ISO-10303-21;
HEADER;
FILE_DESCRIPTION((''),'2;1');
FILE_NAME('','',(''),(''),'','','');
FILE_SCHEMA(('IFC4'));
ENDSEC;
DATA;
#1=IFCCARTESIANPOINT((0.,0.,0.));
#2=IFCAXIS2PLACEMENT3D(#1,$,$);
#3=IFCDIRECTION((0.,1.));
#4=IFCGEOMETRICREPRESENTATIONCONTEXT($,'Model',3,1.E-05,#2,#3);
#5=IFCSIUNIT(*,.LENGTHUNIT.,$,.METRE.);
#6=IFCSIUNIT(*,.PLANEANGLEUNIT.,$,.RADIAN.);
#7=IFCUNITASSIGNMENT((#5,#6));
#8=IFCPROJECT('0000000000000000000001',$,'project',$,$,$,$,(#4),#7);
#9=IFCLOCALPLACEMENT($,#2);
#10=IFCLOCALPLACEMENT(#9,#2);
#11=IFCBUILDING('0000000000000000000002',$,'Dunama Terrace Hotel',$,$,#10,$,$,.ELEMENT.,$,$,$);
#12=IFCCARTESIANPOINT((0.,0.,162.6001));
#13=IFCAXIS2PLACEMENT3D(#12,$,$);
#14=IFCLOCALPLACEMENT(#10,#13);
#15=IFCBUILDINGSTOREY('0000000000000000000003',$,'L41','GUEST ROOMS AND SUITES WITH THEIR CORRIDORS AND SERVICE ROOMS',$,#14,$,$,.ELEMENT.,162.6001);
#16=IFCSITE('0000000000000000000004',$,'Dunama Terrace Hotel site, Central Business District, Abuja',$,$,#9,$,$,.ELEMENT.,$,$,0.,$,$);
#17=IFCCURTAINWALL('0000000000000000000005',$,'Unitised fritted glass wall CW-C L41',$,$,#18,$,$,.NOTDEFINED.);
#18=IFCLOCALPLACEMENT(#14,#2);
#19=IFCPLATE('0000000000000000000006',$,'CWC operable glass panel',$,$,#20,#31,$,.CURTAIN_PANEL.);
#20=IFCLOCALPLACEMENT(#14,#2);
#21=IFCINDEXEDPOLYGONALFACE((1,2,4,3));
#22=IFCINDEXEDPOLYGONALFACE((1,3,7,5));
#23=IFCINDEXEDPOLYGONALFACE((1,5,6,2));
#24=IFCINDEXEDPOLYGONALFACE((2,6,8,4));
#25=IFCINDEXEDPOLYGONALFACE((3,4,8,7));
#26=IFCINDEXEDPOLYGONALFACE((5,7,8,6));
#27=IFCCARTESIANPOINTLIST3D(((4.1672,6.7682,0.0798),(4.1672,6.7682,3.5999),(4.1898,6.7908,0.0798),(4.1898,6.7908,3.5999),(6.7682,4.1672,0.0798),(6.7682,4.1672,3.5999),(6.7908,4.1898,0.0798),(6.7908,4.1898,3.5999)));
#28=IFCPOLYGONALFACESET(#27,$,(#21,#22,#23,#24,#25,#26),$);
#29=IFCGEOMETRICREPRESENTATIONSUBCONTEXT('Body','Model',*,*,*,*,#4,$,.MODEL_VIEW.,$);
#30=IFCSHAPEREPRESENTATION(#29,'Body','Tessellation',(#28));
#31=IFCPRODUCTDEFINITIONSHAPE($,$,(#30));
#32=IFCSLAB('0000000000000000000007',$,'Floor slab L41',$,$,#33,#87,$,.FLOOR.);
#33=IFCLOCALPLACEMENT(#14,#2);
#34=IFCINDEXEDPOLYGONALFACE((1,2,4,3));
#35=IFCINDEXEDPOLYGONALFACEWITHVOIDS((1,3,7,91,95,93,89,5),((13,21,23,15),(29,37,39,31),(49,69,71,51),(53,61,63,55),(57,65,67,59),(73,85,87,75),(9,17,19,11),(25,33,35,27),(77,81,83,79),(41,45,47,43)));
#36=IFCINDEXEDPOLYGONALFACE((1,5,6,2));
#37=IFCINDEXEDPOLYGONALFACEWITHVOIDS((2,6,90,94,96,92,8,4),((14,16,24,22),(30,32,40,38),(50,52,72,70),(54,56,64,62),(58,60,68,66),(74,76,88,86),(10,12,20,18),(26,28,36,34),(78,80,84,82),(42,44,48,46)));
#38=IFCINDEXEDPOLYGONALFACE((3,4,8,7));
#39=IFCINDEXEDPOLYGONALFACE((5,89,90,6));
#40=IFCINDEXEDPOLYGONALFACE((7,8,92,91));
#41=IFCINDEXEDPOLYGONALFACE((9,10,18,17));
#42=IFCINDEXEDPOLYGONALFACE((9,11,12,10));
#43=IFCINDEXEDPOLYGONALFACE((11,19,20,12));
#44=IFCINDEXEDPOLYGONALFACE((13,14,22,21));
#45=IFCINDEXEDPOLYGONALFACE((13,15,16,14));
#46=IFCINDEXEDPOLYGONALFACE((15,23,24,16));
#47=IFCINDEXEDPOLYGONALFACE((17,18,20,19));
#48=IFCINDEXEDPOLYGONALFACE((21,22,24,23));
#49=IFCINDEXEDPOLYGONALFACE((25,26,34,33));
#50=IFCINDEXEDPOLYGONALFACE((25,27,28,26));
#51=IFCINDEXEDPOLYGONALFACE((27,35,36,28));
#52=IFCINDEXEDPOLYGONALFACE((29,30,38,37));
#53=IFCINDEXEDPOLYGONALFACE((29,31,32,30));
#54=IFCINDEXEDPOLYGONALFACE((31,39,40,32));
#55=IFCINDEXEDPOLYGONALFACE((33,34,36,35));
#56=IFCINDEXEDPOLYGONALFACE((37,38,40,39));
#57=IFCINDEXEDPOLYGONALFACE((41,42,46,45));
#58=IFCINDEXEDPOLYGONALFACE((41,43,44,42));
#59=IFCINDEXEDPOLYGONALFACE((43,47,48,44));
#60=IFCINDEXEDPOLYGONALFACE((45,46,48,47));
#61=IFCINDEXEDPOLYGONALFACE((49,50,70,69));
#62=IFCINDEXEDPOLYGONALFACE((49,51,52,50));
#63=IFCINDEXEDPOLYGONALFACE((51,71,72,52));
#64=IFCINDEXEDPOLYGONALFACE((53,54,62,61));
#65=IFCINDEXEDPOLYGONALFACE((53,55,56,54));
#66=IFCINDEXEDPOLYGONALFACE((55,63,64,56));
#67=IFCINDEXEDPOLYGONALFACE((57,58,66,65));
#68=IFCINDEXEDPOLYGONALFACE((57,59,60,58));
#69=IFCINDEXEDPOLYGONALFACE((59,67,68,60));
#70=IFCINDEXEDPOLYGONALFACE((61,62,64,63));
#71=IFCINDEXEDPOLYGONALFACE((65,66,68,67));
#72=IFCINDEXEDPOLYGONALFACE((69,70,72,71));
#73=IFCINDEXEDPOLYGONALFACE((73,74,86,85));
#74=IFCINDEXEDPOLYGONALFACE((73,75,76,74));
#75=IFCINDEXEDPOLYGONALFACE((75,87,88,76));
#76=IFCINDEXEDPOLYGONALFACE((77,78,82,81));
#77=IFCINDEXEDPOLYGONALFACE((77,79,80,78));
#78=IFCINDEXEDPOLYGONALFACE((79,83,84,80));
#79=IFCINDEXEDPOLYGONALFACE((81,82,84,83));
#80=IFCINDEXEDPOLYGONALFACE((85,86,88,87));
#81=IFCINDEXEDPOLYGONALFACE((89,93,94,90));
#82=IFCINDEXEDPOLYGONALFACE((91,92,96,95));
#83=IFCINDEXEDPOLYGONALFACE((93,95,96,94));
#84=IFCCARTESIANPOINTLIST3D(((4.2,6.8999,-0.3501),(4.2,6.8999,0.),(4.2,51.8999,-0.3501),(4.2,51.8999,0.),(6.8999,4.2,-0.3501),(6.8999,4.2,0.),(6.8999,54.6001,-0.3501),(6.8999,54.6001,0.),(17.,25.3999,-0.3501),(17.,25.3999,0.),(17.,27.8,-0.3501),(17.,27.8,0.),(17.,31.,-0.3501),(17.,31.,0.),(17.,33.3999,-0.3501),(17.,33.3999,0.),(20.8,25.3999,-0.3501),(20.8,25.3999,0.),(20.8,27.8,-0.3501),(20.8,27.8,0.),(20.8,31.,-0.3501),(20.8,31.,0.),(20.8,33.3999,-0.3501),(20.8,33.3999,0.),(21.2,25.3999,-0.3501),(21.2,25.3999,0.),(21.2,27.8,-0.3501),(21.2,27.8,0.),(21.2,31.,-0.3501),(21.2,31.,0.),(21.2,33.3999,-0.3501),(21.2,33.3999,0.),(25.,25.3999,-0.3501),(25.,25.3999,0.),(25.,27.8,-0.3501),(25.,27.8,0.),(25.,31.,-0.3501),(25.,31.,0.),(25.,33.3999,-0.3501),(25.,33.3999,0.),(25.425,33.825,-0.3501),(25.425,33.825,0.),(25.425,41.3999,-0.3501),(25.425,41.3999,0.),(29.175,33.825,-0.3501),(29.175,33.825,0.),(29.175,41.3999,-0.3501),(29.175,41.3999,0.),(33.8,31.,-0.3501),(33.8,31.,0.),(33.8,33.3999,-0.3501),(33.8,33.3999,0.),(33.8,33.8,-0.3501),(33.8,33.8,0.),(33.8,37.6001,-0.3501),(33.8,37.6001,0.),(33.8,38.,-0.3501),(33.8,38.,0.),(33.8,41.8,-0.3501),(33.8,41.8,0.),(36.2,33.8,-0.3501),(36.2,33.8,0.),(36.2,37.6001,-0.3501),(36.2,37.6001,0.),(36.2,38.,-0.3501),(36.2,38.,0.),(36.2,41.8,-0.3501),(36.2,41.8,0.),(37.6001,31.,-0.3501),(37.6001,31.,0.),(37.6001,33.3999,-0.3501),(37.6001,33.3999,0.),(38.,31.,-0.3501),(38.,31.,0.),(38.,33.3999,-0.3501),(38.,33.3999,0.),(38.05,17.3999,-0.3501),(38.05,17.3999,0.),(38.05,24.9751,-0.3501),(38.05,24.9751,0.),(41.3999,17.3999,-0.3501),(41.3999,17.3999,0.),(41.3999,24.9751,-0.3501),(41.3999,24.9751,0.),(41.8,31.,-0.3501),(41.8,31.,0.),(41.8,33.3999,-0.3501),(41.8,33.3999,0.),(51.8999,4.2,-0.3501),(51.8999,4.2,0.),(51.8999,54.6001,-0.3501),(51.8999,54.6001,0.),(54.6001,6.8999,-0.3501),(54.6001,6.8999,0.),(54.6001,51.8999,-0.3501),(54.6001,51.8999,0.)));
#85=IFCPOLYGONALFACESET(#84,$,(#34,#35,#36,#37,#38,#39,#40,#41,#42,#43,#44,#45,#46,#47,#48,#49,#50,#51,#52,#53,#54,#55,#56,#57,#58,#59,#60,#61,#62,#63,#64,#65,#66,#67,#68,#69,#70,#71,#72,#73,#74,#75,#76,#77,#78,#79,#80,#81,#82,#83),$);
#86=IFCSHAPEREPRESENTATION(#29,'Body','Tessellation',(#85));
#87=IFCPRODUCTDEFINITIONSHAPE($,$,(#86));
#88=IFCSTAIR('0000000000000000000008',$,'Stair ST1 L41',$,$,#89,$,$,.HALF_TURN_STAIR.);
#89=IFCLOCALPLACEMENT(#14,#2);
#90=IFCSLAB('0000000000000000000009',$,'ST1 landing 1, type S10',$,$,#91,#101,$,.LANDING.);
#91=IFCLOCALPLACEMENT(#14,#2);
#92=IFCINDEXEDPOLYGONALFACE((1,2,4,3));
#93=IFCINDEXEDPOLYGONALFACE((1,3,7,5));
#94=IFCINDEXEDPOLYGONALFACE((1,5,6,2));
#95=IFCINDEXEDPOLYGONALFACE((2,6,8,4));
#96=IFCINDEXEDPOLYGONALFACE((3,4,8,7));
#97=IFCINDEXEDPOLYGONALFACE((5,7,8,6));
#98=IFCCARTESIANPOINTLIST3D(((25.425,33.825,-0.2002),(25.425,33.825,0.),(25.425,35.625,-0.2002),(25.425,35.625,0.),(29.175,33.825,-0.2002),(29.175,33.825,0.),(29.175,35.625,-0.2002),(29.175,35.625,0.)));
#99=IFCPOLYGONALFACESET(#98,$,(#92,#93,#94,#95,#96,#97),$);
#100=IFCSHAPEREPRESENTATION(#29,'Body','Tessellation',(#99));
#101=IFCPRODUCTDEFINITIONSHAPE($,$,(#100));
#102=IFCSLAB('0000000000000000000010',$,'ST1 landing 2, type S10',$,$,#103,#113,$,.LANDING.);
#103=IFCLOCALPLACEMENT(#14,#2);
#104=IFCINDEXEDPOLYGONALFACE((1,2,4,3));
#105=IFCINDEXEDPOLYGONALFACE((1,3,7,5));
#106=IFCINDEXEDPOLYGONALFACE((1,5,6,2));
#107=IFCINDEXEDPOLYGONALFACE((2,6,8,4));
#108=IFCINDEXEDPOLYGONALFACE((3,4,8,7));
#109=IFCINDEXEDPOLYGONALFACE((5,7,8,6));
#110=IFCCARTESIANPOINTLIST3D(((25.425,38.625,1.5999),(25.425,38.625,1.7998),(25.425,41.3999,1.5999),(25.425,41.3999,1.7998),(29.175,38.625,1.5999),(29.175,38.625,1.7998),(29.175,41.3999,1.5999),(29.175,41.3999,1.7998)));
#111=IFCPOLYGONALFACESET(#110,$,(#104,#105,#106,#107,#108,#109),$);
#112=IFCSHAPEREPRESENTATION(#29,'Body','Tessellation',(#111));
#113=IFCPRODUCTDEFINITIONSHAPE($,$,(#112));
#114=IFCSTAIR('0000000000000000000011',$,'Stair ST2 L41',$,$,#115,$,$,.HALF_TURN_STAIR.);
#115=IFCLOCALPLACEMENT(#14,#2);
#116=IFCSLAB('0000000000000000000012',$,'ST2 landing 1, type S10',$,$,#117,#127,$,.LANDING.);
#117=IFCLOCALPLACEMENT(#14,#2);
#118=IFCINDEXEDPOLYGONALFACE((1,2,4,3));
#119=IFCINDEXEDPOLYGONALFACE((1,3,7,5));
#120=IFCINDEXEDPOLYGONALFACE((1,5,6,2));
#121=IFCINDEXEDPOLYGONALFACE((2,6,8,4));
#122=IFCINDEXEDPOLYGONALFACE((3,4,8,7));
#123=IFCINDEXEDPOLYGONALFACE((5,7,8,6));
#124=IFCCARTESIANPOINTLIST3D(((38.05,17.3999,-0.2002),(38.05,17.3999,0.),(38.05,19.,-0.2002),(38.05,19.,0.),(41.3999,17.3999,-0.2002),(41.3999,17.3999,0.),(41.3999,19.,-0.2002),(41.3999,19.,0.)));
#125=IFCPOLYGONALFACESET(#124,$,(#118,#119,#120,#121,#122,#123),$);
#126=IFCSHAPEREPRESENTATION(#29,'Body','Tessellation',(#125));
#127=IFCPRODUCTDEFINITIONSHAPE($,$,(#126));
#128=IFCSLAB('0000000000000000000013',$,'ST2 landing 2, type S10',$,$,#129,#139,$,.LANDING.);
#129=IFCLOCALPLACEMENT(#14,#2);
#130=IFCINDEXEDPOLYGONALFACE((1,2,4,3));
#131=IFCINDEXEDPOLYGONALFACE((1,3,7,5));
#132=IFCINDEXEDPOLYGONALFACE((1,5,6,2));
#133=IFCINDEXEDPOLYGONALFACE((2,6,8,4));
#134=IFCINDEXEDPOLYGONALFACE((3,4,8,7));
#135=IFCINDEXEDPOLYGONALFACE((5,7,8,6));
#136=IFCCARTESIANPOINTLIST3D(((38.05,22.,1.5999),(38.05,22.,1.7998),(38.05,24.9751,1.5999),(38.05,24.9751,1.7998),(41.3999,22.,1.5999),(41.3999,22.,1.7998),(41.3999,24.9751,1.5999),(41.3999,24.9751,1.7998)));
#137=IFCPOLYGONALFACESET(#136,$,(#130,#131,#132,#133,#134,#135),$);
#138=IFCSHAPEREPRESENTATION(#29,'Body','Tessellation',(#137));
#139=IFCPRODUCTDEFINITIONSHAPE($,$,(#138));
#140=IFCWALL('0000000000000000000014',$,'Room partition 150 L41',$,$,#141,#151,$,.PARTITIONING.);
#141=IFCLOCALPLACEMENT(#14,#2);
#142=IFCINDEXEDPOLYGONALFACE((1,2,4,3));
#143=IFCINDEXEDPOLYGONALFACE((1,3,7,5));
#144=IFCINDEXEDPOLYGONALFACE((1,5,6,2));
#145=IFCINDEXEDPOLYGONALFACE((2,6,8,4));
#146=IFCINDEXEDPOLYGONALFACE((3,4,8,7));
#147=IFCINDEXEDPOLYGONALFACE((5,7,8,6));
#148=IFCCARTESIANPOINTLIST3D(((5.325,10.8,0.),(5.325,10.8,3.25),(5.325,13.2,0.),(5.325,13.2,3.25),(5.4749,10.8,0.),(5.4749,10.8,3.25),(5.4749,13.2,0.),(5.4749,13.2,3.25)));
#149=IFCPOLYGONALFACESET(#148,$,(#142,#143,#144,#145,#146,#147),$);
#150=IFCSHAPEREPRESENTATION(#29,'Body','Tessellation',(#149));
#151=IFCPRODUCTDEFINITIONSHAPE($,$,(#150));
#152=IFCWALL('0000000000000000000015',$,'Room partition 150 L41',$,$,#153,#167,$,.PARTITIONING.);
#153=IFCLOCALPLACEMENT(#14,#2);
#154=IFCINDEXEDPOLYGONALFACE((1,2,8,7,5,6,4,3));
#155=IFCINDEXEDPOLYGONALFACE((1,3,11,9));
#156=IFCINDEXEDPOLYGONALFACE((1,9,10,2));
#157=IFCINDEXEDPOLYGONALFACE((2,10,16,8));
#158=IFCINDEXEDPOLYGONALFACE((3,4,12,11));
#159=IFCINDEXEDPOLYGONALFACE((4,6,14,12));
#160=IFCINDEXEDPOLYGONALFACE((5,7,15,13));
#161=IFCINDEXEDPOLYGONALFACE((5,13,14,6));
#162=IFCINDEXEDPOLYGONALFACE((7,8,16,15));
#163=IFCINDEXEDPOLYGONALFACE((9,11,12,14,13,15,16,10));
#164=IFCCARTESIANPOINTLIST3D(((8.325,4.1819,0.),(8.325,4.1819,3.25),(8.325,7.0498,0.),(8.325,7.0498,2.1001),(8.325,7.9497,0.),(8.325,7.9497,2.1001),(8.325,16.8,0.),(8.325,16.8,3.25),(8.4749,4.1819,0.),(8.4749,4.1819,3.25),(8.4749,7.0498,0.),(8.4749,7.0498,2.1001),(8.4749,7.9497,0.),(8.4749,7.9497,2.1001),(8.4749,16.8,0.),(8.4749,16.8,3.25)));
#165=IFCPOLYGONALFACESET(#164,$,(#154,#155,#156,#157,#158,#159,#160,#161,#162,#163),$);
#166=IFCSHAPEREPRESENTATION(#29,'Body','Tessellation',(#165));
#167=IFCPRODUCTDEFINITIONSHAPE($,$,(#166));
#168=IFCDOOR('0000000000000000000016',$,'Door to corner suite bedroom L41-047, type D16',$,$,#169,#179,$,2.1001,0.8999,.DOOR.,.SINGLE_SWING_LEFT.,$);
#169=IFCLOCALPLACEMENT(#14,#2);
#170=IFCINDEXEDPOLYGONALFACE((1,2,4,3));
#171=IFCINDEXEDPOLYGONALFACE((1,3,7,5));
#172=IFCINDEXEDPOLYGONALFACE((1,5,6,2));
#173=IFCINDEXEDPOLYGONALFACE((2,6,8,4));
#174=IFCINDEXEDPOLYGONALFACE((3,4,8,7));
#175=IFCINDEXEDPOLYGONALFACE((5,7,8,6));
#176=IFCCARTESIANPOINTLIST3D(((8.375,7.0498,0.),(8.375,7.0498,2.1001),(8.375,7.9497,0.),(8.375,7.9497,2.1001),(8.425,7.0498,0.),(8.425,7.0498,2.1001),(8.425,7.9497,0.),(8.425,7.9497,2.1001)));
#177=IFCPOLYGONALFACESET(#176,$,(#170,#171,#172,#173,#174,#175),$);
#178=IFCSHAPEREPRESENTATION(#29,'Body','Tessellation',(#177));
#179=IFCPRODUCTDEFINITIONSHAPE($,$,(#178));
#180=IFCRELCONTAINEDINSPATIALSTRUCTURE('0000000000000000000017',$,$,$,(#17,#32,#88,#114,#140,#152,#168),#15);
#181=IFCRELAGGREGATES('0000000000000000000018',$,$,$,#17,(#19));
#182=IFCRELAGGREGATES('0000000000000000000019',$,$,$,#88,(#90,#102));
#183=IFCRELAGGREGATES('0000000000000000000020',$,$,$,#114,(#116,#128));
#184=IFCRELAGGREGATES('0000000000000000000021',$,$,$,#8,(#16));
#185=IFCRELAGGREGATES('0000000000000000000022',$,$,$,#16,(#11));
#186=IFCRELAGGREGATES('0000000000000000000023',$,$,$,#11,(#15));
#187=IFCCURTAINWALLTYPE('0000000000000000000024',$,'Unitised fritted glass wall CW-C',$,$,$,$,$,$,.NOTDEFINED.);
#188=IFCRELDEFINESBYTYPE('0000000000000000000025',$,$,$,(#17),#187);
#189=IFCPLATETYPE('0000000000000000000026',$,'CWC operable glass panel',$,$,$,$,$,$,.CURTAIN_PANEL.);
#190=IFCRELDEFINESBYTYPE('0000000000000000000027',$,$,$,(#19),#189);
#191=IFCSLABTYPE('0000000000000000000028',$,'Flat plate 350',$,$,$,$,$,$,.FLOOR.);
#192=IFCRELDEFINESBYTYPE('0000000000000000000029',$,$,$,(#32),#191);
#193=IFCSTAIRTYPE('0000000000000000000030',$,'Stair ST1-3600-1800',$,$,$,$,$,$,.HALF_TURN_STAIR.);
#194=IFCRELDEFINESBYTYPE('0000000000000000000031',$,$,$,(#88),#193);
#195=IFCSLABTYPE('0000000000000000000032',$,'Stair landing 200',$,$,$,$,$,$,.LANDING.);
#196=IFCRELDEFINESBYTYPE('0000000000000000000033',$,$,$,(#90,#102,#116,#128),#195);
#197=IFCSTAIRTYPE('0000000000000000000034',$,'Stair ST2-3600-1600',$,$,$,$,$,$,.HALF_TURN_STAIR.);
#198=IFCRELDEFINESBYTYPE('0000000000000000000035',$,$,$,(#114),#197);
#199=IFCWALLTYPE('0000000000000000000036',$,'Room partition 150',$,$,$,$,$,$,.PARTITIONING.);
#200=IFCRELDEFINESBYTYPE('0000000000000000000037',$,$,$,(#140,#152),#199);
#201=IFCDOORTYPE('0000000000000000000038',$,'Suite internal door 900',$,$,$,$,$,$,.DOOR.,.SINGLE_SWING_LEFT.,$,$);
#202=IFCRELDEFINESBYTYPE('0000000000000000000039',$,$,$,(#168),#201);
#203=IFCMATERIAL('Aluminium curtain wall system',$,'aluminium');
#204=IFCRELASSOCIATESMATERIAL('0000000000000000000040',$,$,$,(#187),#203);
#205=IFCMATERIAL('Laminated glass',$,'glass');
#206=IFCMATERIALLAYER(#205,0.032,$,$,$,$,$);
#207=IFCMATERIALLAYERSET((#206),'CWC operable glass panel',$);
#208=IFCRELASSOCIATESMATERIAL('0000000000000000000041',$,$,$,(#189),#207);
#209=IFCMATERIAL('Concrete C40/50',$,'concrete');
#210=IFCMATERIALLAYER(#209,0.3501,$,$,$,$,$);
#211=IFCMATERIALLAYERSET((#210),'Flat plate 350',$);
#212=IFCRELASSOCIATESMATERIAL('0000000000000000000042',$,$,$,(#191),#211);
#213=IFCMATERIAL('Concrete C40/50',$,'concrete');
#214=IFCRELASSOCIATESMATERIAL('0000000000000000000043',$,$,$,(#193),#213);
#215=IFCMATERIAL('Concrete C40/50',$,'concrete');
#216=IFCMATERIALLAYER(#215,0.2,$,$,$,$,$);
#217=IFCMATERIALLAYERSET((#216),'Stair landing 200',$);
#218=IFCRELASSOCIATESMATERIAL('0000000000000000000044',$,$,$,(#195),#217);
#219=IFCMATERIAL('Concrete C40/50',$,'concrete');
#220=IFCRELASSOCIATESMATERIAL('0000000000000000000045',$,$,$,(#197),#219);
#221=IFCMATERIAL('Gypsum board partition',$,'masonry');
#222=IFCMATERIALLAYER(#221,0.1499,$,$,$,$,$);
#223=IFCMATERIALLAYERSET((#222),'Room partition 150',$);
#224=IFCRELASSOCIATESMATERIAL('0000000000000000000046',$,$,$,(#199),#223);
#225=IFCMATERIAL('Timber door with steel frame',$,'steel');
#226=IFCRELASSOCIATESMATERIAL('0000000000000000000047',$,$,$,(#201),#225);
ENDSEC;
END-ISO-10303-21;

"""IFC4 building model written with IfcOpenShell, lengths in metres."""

from ifc_helpers import new_model, si_unit, direction, frame, frame_2d, origin, origin_2d, place, context, subcontext, project, spatial, polyline, rectangle, outline, extrude, material, layer, layer_set, type_object, element, fill, aggregate, save


model = new_model("IFC4")

# Units and contexts
model_context = context("Model", 3, precision=1e-05, world=origin(), true_north=direction((0.0, 1.0)))
body_context = subcontext(model_context, "Body", "Model", "MODEL_VIEW")
ifc_project = project(units=[si_unit("LENGTHUNIT", "METRE"), si_unit("PLANEANGLEUNIT", "RADIAN")], contexts=[model_context])

# Site, building, storey
site_placement = place(None, origin())
site = spatial("IfcSite", under=ifc_project, at=site_placement, Name="Dunama Terrace Hotel site, Central Business District, Abuja", CompositionType="ELEMENT", RefElevation=0.0)
building_placement = place(site_placement, origin())
building = spatial("IfcBuilding", under=site, at=building_placement, Name="Dunama Terrace Hotel", CompositionType="ELEMENT")
storey_placement = place(building_placement, frame((0.0, 0.0, 162.6001)))
storey = spatial("IfcBuildingStorey", under=building, at=storey_placement, Name="L41", Description="GUEST ROOMS AND SUITES WITH THEIR CORRIDORS AND SERVICE ROOMS", CompositionType="ELEMENT", Elevation=162.6001)

# Shared definitions
ifc_material_1 = material(Name="Aluminium curtain wall system", Category="aluminium")
curtain_wall_type = type_object("IfcCurtainWallType", Name="Unitised fritted glass wall CW-C", PredefinedType="NOTDEFINED", material=ifc_material_1)

# Curtain wall
curtain_wall_1_placement = place(storey_placement, origin())
curtain_wall_1 = element("IfcCurtainWall", 1, at=curtain_wall_1_placement, inside=storey, type_object=curtain_wall_type, Name="Unitised fritted glass wall CW-C L41", PredefinedType="NOTDEFINED")

# Plate
ifc_material_2 = material(Name="Laminated glass", Category="glass")
ifc_layer_1 = layer(ifc_material_2, 0.032)
ifc_layer_set_1 = layer_set([ifc_layer_1], Name="CWC operable glass panel")
plate_type_1 = type_object("IfcPlateType", Name="CWC operable glass panel", PredefinedType="CURTAIN_PANEL", material=ifc_layer_set_1)
plate_1_placement = place(storey_placement, frame((5.479, 5.479, 0.0798), z_axis=(0.0, 0.0, 1.0), x_axis=(0.707107, -0.707107, 0.0)))
plate_1 = element("IfcPlate", 2, at=plate_1_placement, type_object=plate_type_1, Name="CWC operable glass panel", PredefinedType="CURTAIN_PANEL", context=body_context, shape_type="SweptSolid", body=[
    extrude(rectangle(XDim=3.6785, YDim=0.032, at=origin_2d()), origin(), (0.0, 0.0, 1.0), 3.52),
])
aggregate(curtain_wall_1, [plate_1])

# Slab
ifc_material_3 = material(Name="Concrete C40/50", Category="concrete")
ifc_layer_2 = layer(ifc_material_3, 0.3501)
ifc_layer_set_2 = layer_set([ifc_layer_2], Name="Flat plate 350")
slab_type_1 = type_object("IfcSlabType", Name="Flat plate 350", PredefinedType="FLOOR", material=ifc_layer_set_2)
slab_1_placement = place(storey_placement, frame((0.0, 0.0, -0.3501)))
element("IfcSlab", 3, at=slab_1_placement, inside=storey, type_object=slab_type_1, Name="Floor slab L41", PredefinedType="FLOOR", context=body_context, shape_type="SweptSolid", body=[
    extrude(outline(polyline([(6.8999, 4.2), (51.8999, 4.2), (54.6001, 6.8999), (54.6001, 51.8999), (51.8999, 54.6001), (6.8999, 54.6001), (4.2, 51.8999), (4.2, 6.8999), (6.8999, 4.2)]), holes=[polyline([(20.8, 25.3999), (20.8, 27.8), (17.0, 27.8), (17.0, 25.3999), (20.8, 25.3999)]), polyline([(25.0, 25.3999), (25.0, 27.8), (21.2, 27.8), (21.2, 25.3999), (25.0, 25.3999)]), polyline([(20.8, 31.0), (20.8, 33.3999), (17.0, 33.3999), (17.0, 31.0), (20.8, 31.0)]), polyline([(25.0, 31.0), (25.0, 33.3999), (21.2, 33.3999), (21.2, 31.0), (25.0, 31.0)]), polyline([(37.6001, 31.0), (37.6001, 33.3999), (33.8, 33.3999), (33.8, 31.0), (37.6001, 31.0)]), polyline([(41.8, 31.0), (41.8, 33.3999), (38.0, 33.3999), (38.0, 31.0), (41.8, 31.0)]), polyline([(36.2, 38.0), (36.2, 41.8), (33.8, 41.8), (33.8, 38.0), (36.2, 38.0)]), polyline([(36.2, 33.8), (36.2, 37.6001), (33.8, 37.6001), (33.8, 33.8), (36.2, 33.8)]), polyline([(29.175, 33.825), (29.175, 41.3999), (25.425, 41.3999), (25.425, 33.825), (29.175, 33.825)]), polyline([(41.3999, 17.3999), (41.3999, 24.9751), (38.05, 24.9751), (38.05, 17.3999), (41.3999, 17.3999)])]), origin(), (0.0, 0.0, 1.0), 0.3501),
])

# Stairs, slabs
ifc_material_4 = material(Name="Concrete C40/50", Category="concrete")
stair_type_1 = type_object("IfcStairType", Name="Stair ST1-3600-1800", PredefinedType="HALF_TURN_STAIR", material=ifc_material_4)
stair_1_placement = place(storey_placement, origin())
stair_1 = element("IfcStair", 4, at=stair_1_placement, inside=storey, type_object=stair_type_1, Name="Stair ST1 L41", PredefinedType="HALF_TURN_STAIR")
ifc_material_5 = material(Name="Concrete C40/50", Category="concrete")
ifc_layer_3 = layer(ifc_material_5, 0.2)
ifc_layer_set_3 = layer_set([ifc_layer_3], Name="Stair landing 200")
slab_type_2 = type_object("IfcSlabType", Name="Stair landing 200", PredefinedType="LANDING", material=ifc_layer_set_3)
slab_2_placement = place(storey_placement, frame((0.0, 0.0, -0.2002)))
slab_2 = element("IfcSlab", 5, at=slab_2_placement, type_object=slab_type_2, Name="ST1 landing 1, type S10", PredefinedType="LANDING", context=body_context, shape_type="SweptSolid", body=[
    extrude(outline(polyline([(25.425, 33.825), (29.175, 33.825), (29.175, 35.625), (25.425, 35.625), (25.425, 33.825)])), origin(), (0.0, 0.0, 1.0), 0.2002),
])
slab_3_placement = place(storey_placement, frame((0.0, 0.0, 1.5999)))
slab_3 = element("IfcSlab", 6, at=slab_3_placement, type_object=slab_type_2, Name="ST1 landing 2, type S10", PredefinedType="LANDING", context=body_context, shape_type="SweptSolid", body=[
    extrude(outline(polyline([(25.425, 38.625), (29.175, 38.625), (29.175, 41.3999), (25.425, 41.3999), (25.425, 38.625)])), origin(), (0.0, 0.0, 1.0), 0.2),
])
aggregate(stair_1, [slab_2, slab_3])
ifc_material_6 = material(Name="Concrete C40/50", Category="concrete")
stair_type_2 = type_object("IfcStairType", Name="Stair ST2-3600-1600", PredefinedType="HALF_TURN_STAIR", material=ifc_material_6)
stair_2_placement = place(storey_placement, origin())
stair_2 = element("IfcStair", 7, at=stair_2_placement, inside=storey, type_object=stair_type_2, Name="Stair ST2 L41", PredefinedType="HALF_TURN_STAIR")
slab_4_placement = place(storey_placement, frame((0.0, 0.0, -0.2002)))
slab_4 = element("IfcSlab", 8, at=slab_4_placement, type_object=slab_type_2, Name="ST2 landing 1, type S10", PredefinedType="LANDING", context=body_context, shape_type="SweptSolid", body=[
    extrude(outline(polyline([(38.05, 17.3999), (41.3999, 17.3999), (41.3999, 19.0), (38.05, 19.0), (38.05, 17.3999)])), origin(), (0.0, 0.0, 1.0), 0.2002),
])
slab_5_placement = place(storey_placement, frame((0.0, 0.0, 1.5999)))
slab_5 = element("IfcSlab", 9, at=slab_5_placement, type_object=slab_type_2, Name="ST2 landing 2, type S10", PredefinedType="LANDING", context=body_context, shape_type="SweptSolid", body=[
    extrude(outline(polyline([(38.05, 22.0), (41.3999, 22.0), (41.3999, 24.9751), (38.05, 24.9751), (38.05, 22.0)])), origin(), (0.0, 0.0, 1.0), 0.2),
])
aggregate(stair_2, [slab_4, slab_5])

# Wall
ifc_material_7 = material(Name="Gypsum board partition", Category="masonry")
ifc_layer_4 = layer(ifc_material_7, 0.1499)
ifc_layer_set_4 = layer_set([ifc_layer_4], Name="Room partition 150")
wall_type = type_object("IfcWallType", Name="Room partition 150", PredefinedType="PARTITIONING", material=ifc_layer_set_4)
wall_1_placement = place(storey_placement, frame((5.3999, 10.8, 0.0), z_axis=(0.0, 0.0, 1.0), x_axis=(0.0, 1.0, 0.0)))
element("IfcWall", 10, at=wall_1_placement, inside=storey, type_object=wall_type, Name="Room partition 150 L41", PredefinedType="PARTITIONING", context=body_context, shape_type="SweptSolid", body=[
    extrude(rectangle(XDim=2.3999, YDim=0.1499, at=frame_2d((1.2, 0.0))), origin(), (0.0, 0.0, 1.0), 3.25),
])

# Wall, opening, door
wall_2_placement = place(storey_placement, frame((8.3999, 4.1819, 0.0), z_axis=(0.0, 0.0, 1.0), x_axis=(0.0, 1.0, 0.0)))
wall_2 = element("IfcWall", 11, at=wall_2_placement, inside=storey, type_object=wall_type, Name="Room partition 150 L41", PredefinedType="PARTITIONING", context=body_context, shape_type="SweptSolid", body=[
    extrude(rectangle(XDim=12.6182, YDim=0.1499, at=frame_2d((6.3091, 0.0))), origin(), (0.0, 0.0, 1.0), 3.25),
])
opening_1_placement = place(wall_2_placement, frame((2.8679, 0.0, 0.0)))
opening_1 = element("IfcOpeningElement", 12, at=opening_1_placement, cuts=wall_2, PredefinedType="OPENING", context=body_context, shape_type="SweptSolid", body=[
    extrude(rectangle(XDim=0.8999, YDim=2.1001, at=frame_2d((0.45, 1.05))), frame((0.0, 0.085, 0.0), z_axis=(0.0, -1.0, 0.0), x_axis=(1.0, 0.0, 0.0)), (0.0, 0.0, 1.0), 0.1699),
])
ifc_material_8 = material(Name="Timber door with steel frame", Category="steel")
door_type = type_object("IfcDoorType", Name="Suite internal door 900", OperationType="SINGLE_SWING_LEFT", PredefinedType="DOOR", material=ifc_material_8)
door_1_placement = place(opening_1_placement, origin())
door_1 = element("IfcDoor", 13, at=door_1_placement, inside=storey, type_object=door_type, Name="Door to corner suite bedroom L41-047, type D16", OperationType="SINGLE_SWING_LEFT", OverallHeight=2.1001, OverallWidth=0.8999, PredefinedType="DOOR", context=body_context, shape_type="SweptSolid", body=[
    extrude(rectangle(XDim=0.8999, YDim=2.1001, at=frame_2d((0.45, 1.05))), frame((0.0, 0.0249, 0.0), z_axis=(0.0, -1.0, 0.0), x_axis=(1.0, 0.0, 0.0)), (0.0, 0.0, 1.0), 0.05),
])
fill(opening_1, door_1)

save(model, "model.ifc")
